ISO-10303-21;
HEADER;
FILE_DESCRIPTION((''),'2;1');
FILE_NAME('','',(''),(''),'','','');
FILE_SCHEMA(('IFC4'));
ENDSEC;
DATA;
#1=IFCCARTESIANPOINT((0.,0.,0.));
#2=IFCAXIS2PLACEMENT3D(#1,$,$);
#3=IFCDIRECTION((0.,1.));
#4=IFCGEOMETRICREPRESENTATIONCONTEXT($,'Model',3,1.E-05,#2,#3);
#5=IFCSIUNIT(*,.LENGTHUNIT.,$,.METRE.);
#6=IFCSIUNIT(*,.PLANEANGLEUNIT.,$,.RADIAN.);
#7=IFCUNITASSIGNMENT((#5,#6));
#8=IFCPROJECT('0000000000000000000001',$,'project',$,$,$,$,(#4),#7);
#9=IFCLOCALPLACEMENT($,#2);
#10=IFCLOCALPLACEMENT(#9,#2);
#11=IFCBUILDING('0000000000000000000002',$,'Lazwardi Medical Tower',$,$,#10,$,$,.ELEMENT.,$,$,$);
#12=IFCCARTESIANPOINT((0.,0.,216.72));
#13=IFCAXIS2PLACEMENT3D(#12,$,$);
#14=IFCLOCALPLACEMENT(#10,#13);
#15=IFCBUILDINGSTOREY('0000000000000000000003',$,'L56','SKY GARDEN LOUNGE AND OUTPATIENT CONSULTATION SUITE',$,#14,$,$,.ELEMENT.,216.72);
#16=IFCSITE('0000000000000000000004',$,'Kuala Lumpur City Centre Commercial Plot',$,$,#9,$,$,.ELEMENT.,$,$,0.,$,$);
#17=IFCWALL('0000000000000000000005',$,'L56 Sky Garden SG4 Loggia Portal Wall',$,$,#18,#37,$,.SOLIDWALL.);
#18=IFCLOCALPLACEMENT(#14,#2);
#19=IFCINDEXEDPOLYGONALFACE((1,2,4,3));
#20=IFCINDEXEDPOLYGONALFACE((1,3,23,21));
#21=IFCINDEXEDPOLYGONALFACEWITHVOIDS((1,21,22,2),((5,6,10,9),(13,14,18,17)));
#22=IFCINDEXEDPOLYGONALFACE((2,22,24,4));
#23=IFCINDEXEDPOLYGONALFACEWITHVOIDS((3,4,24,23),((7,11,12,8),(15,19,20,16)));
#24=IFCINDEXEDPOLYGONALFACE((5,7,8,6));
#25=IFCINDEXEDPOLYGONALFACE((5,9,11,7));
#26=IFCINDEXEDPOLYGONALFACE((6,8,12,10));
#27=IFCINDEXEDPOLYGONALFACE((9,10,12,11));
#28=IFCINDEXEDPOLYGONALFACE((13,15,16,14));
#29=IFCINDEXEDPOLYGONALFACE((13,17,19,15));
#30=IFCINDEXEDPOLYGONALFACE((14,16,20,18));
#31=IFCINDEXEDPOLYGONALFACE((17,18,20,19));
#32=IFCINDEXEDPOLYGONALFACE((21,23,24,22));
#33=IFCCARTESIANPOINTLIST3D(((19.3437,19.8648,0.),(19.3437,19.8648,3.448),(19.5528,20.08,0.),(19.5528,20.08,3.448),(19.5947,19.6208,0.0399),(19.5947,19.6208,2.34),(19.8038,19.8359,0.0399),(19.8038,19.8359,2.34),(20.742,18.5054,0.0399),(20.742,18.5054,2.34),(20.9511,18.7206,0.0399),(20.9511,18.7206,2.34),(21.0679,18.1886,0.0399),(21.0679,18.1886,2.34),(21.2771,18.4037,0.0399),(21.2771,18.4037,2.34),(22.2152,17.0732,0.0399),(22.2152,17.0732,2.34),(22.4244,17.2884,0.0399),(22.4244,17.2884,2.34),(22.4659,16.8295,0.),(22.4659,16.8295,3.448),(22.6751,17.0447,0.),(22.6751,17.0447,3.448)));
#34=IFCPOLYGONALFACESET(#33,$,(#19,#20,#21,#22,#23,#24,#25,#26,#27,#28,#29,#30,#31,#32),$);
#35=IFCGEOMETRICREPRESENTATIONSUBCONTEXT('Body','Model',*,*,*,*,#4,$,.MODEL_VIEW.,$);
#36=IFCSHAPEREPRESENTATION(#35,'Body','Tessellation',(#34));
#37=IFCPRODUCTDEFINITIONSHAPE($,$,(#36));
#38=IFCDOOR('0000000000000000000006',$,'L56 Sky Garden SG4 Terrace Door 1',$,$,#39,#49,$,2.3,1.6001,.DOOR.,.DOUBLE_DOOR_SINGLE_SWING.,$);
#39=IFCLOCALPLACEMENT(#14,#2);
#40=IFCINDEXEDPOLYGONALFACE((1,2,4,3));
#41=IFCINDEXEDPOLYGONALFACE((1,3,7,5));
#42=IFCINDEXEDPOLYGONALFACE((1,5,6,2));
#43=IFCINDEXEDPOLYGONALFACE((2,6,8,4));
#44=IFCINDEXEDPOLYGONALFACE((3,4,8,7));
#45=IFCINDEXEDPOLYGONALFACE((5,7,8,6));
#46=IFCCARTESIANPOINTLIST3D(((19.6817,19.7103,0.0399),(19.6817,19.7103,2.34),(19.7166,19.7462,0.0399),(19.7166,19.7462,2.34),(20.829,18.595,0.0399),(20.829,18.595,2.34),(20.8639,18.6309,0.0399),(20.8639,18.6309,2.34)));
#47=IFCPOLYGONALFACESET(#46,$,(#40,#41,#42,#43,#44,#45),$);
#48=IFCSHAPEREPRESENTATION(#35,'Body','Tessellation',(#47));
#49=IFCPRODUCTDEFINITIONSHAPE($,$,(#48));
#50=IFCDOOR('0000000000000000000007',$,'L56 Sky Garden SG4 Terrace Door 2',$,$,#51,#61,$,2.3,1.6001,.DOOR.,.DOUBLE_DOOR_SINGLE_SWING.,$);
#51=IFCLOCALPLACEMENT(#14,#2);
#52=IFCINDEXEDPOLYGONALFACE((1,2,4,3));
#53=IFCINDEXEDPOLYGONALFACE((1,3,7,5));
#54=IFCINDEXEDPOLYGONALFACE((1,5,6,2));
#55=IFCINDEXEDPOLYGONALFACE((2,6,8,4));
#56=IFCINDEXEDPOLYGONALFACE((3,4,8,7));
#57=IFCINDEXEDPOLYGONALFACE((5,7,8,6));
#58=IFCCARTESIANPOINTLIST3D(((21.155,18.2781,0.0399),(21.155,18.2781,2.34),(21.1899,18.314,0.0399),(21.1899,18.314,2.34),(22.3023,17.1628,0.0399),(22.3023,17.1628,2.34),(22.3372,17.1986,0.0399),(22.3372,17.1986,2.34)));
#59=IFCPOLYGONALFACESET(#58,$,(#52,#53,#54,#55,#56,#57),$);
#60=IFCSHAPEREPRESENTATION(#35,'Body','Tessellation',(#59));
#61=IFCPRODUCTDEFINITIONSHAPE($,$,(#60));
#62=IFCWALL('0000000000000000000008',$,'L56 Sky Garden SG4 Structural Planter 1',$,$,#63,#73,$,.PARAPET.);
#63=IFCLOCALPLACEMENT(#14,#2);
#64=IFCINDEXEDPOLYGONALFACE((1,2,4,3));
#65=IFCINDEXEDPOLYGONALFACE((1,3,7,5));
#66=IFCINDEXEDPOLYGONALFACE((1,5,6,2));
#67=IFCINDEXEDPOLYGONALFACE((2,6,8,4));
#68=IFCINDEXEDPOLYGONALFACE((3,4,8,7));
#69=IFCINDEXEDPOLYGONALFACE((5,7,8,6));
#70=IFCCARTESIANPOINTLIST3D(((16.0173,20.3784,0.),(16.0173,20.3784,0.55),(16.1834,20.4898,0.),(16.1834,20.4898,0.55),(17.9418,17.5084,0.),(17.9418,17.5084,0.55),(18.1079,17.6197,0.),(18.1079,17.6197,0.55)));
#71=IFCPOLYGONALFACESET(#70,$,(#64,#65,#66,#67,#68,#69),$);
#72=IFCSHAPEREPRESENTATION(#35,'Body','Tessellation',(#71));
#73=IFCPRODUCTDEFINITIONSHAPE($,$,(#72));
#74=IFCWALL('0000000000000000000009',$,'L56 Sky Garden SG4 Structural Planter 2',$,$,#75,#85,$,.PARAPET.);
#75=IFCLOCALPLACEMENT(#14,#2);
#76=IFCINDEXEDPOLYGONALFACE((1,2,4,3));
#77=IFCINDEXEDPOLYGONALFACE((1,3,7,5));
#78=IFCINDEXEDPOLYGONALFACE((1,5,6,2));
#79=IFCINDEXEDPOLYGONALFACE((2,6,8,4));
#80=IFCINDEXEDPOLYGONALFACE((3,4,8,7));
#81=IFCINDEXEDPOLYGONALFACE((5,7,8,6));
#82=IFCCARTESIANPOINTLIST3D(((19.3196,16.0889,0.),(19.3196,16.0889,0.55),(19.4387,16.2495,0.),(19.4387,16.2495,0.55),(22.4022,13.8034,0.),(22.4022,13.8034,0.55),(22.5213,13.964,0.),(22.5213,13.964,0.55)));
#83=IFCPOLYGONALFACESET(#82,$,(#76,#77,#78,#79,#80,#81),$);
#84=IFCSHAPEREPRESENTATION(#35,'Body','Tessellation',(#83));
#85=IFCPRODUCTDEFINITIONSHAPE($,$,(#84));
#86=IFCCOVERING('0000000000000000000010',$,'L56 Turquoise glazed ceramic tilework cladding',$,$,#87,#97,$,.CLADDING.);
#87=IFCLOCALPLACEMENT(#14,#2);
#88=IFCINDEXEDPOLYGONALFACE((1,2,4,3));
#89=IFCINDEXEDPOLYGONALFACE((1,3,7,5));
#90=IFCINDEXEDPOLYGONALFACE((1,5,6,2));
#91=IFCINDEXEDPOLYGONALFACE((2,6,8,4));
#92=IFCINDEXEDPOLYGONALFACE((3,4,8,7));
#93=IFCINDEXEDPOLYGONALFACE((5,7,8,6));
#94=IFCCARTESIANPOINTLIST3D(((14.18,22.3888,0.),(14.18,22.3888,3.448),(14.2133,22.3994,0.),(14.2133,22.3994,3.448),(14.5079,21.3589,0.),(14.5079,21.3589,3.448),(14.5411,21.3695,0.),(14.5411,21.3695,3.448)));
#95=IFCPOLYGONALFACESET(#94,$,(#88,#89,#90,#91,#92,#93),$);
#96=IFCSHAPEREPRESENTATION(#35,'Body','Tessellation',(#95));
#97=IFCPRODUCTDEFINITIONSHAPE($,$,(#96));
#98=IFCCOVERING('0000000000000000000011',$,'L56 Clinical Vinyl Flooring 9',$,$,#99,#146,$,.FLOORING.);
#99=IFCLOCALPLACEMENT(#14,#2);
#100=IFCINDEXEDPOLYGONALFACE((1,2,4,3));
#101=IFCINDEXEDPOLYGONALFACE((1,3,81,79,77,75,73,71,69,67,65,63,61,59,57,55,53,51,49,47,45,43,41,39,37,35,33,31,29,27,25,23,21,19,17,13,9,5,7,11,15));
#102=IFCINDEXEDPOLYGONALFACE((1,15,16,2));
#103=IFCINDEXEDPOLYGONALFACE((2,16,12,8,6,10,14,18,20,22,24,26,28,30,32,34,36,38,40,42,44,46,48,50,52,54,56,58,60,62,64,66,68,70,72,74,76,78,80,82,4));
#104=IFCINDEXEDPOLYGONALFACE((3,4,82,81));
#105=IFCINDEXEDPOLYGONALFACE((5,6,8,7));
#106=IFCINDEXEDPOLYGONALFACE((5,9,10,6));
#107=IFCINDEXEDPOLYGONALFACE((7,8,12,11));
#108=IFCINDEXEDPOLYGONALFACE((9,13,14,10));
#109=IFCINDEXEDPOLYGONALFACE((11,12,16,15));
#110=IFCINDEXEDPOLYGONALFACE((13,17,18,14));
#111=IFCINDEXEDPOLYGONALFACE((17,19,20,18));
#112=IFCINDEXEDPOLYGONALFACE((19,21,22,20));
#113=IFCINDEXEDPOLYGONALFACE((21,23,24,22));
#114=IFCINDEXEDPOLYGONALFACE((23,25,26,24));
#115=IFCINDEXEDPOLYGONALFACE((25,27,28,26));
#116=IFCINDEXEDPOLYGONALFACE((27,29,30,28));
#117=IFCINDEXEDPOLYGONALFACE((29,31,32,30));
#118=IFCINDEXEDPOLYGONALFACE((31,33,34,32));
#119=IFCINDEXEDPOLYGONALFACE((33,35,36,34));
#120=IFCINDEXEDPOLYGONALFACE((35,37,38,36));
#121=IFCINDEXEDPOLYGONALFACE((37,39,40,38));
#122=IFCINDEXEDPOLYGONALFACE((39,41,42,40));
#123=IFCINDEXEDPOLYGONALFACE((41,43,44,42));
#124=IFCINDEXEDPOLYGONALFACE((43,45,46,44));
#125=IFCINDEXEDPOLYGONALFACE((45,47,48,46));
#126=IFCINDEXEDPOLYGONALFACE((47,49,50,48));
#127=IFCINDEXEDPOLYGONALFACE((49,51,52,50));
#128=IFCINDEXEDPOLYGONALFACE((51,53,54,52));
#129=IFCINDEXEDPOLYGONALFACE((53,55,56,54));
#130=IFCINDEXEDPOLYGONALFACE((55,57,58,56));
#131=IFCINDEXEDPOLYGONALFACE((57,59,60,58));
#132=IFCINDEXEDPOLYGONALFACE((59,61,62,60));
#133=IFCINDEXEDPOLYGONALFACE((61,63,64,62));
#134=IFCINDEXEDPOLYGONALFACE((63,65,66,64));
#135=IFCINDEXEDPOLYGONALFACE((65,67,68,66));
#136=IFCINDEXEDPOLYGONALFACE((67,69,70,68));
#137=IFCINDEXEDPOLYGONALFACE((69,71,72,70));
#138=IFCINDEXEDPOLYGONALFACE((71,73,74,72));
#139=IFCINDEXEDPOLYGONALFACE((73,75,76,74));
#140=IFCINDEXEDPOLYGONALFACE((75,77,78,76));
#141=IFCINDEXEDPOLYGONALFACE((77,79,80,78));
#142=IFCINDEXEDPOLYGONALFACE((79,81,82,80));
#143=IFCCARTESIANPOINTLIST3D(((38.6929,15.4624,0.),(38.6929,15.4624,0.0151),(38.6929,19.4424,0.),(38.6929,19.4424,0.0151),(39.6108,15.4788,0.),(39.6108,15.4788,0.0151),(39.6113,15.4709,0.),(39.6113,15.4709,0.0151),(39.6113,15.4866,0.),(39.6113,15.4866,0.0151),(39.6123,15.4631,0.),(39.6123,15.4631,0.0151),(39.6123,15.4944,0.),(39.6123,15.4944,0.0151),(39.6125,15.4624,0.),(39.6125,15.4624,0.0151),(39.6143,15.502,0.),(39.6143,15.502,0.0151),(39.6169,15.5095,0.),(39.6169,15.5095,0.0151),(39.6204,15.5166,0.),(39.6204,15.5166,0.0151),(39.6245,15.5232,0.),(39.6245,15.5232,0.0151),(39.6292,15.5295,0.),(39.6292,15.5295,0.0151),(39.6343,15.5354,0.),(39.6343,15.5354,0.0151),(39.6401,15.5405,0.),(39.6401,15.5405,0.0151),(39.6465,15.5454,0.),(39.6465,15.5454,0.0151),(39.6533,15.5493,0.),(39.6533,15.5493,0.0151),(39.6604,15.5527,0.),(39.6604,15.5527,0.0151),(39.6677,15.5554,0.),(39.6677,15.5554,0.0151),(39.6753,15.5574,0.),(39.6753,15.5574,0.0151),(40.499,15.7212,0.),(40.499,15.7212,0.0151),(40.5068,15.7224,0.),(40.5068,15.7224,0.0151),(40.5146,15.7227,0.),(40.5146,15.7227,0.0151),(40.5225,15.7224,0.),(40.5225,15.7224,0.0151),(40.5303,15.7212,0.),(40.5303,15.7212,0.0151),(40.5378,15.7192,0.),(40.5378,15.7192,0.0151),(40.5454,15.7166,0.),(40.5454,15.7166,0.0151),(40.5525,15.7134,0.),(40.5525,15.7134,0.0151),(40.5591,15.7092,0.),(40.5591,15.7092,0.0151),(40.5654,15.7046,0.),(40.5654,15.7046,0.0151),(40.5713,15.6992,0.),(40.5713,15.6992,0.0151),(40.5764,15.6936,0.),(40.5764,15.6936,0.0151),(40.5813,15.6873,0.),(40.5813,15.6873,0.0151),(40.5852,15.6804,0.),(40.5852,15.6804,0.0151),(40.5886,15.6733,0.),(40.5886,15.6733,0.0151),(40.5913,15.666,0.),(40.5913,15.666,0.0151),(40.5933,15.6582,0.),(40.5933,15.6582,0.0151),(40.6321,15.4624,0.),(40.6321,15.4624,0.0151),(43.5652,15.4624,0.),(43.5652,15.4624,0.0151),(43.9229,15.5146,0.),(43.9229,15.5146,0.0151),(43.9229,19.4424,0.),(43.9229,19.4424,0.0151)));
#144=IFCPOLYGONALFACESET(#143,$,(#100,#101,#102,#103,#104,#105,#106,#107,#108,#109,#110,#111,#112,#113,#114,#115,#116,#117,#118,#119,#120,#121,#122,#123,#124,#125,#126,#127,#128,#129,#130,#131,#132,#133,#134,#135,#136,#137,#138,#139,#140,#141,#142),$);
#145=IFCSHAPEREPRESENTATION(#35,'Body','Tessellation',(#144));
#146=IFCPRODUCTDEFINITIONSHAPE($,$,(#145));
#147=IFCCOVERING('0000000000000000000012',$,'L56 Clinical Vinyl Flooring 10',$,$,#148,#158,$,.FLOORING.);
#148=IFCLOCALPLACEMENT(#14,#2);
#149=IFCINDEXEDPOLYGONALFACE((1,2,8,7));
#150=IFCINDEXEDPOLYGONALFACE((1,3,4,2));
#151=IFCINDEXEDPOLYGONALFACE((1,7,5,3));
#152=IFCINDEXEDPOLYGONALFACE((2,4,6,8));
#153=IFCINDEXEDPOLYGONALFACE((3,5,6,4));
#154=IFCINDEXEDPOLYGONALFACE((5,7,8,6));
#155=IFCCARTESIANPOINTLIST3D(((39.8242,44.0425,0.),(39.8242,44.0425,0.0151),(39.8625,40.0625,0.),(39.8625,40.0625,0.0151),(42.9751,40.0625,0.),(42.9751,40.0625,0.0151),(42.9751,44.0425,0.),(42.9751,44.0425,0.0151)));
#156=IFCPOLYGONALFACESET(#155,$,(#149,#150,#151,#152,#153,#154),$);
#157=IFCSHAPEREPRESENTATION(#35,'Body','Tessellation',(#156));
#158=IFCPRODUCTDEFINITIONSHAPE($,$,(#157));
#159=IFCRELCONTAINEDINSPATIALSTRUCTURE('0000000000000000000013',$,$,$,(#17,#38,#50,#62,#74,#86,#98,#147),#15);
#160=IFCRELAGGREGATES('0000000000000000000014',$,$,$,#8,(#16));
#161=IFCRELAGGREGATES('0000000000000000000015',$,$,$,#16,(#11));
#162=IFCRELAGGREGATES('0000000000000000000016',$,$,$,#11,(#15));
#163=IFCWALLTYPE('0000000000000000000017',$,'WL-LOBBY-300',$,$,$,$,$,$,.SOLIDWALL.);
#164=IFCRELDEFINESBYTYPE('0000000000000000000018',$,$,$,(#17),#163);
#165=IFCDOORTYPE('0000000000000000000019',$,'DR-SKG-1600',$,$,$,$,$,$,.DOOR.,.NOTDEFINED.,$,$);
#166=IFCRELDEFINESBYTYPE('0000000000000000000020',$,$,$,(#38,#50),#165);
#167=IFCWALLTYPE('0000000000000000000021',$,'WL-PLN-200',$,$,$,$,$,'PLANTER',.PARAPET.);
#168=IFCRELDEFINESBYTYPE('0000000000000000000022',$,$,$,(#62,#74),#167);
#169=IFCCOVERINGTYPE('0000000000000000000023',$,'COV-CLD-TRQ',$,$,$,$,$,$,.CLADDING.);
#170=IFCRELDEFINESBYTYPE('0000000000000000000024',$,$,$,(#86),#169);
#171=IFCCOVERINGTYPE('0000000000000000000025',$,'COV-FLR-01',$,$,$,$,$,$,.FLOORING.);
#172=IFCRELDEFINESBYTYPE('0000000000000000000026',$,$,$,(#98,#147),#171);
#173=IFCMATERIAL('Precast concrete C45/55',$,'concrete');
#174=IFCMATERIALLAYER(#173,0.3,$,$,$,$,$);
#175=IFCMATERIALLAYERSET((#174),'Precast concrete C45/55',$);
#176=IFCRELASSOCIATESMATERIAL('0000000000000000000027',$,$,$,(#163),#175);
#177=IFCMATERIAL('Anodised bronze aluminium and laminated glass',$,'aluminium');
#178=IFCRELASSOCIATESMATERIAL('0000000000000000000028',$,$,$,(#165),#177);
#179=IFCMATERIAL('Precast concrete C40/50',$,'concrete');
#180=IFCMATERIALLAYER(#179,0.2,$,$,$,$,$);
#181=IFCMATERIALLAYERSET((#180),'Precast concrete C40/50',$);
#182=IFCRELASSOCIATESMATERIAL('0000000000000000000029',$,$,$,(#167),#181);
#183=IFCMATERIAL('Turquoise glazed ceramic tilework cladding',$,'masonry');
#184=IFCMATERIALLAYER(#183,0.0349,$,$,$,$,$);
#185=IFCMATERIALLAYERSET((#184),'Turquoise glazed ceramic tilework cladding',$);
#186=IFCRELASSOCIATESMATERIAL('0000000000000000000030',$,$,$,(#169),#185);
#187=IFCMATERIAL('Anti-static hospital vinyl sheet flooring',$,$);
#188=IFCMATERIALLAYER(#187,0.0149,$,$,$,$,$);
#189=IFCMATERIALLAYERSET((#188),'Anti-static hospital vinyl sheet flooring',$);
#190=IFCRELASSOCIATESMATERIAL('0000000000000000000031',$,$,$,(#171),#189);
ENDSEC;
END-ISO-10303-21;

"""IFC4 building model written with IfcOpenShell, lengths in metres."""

from ifc_helpers import new_model, si_unit, direction, frame, frame_2d, origin, origin_2d, place, context, subcontext, project, spatial, polyline, rectangle, outline, extrude, material, layer, layer_set, type_object, element, fill, save


model = new_model("IFC4")

# Units and contexts
model_context = context("Model", 3, precision=1e-05, world=origin(), true_north=direction((0.0, 1.0)))
body_context = subcontext(model_context, "Body", "Model", "MODEL_VIEW")
ifc_project = project(units=[si_unit("LENGTHUNIT", "METRE"), si_unit("PLANEANGLEUNIT", "RADIAN")], contexts=[model_context])

# Site, building, storey
site_placement = place(None, origin())
site = spatial("IfcSite", under=ifc_project, at=site_placement, Name="Kuala Lumpur City Centre Commercial Plot", CompositionType="ELEMENT", RefElevation=0.0)
building_placement = place(site_placement, origin())
building = spatial("IfcBuilding", under=site, at=building_placement, Name="Lazwardi Medical Tower", CompositionType="ELEMENT")
storey_placement = place(building_placement, frame((0.0, 0.0, 216.72)))
storey = spatial("IfcBuildingStorey", under=building, at=storey_placement, Name="L56", Description="SKY GARDEN LOUNGE AND OUTPATIENT CONSULTATION SUITE", CompositionType="ELEMENT", Elevation=216.72)

# Shared definitions
ifc_material_1 = material(Name="Precast concrete C45/55", Category="concrete")

# Wall, openings, doors
ifc_layer_1 = layer(ifc_material_1, 0.3)
ifc_layer_set_1 = layer_set([ifc_layer_1], Name="Precast concrete C45/55")
wall_type_1 = type_object("IfcWallType", Name="WL-LOBBY-300", PredefinedType="SOLIDWALL", material=ifc_layer_set_1)
wall_1_placement = place(storey_placement, frame((19.4482, 19.9724, 0.0), z_axis=(0.0, 0.0, 1.0), x_axis=(0.717016, -0.697057, 0.0)))
wall_1 = element("IfcWall", 1, at=wall_1_placement, inside=storey, type_object=wall_type_1, Name="L56 Sky Garden SG4 Loggia Portal Wall", PredefinedType="SOLIDWALL", context=body_context, shape_type="SweptSolid", body=[
    extrude(rectangle(XDim=4.3545, YDim=0.3, at=frame_2d((2.1772, 0.0))), origin(), (0.0, 0.0, 1.0), 3.448),
])
opening_1_placement = place(wall_1_placement, frame((0.3501, 0.0, 0.04)))
opening_1 = element("IfcOpeningElement", 2, at=opening_1_placement, cuts=wall_1, PredefinedType="OPENING", context=body_context, shape_type="SweptSolid", body=[
    extrude(rectangle(XDim=1.6001, YDim=2.3, at=frame_2d((0.8, 1.1499))), frame((0.0, 0.1599, 0.0), z_axis=(0.0, -1.0, 0.0), x_axis=(1.0, 0.0, 0.0)), (0.0, 0.0, 1.0), 0.3201),
])
opening_2_placement = place(wall_1_placement, frame((2.4048, 0.0, 0.04)))
opening_2 = element("IfcOpeningElement", 3, at=opening_2_placement, cuts=wall_1, PredefinedType="OPENING", context=body_context, shape_type="SweptSolid", body=[
    extrude(rectangle(XDim=1.6001, YDim=2.3, at=frame_2d((0.8, 1.1499))), frame((0.0, 0.1599, 0.0), z_axis=(0.0, -1.0, 0.0), x_axis=(1.0, 0.0, 0.0)), (0.0, 0.0, 1.0), 0.3201),
])
ifc_material_2 = material(Name="Anodised bronze aluminium and laminated glass", Category="aluminium")
door_type = type_object("IfcDoorType", Name="DR-SKG-1600", OperationType="NOTDEFINED", PredefinedType="DOOR", material=ifc_material_2)
door_1_placement = place(opening_1_placement, origin())
door_1 = element("IfcDoor", 4, at=door_1_placement, inside=storey, type_object=door_type, Name="L56 Sky Garden SG4 Terrace Door 1", OperationType="DOUBLE_DOOR_SINGLE_SWING", OverallHeight=2.3, OverallWidth=1.6001, PredefinedType="DOOR", context=body_context, shape_type="SweptSolid", body=[
    extrude(rectangle(XDim=1.6001, YDim=2.3, at=frame_2d((0.8, 1.1499))), frame((0.0, 0.0249, 0.0), z_axis=(0.0, -1.0, 0.0), x_axis=(1.0, 0.0, 0.0)), (0.0, 0.0, 1.0), 0.05),
])
fill(opening_1, door_1)
door_2_placement = place(opening_2_placement, origin())
door_2 = element("IfcDoor", 5, at=door_2_placement, inside=storey, type_object=door_type, Name="L56 Sky Garden SG4 Terrace Door 2", OperationType="DOUBLE_DOOR_SINGLE_SWING", OverallHeight=2.3, OverallWidth=1.6001, PredefinedType="DOOR", context=body_context, shape_type="SweptSolid", body=[
    extrude(rectangle(XDim=1.6001, YDim=2.3, at=frame_2d((0.8, 1.1499))), frame((0.0, 0.0249, 0.0), z_axis=(0.0, -1.0, 0.0), x_axis=(1.0, 0.0, 0.0)), (0.0, 0.0, 1.0), 0.05),
])
fill(opening_2, door_2)

# Walls
ifc_material_3 = material(Name="Precast concrete C40/50", Category="concrete")
ifc_layer_2 = layer(ifc_material_3, 0.2)
ifc_layer_set_2 = layer_set([ifc_layer_2], Name="Precast concrete C40/50")
wall_type_2 = type_object("IfcWallType", Name="WL-PLN-200", ElementType="PLANTER", PredefinedType="PARAPET", material=ifc_layer_set_2)
wall_2_placement = place(storey_placement, frame((16.1003, 20.4341, 0.0), z_axis=(0.0, 0.0, 1.0), x_axis=(0.556932, -0.830558, 0.0)))
element("IfcWall", 6, at=wall_2_placement, inside=storey, type_object=wall_type_2, Name="L56 Sky Garden SG4 Structural Planter 1", PredefinedType="PARAPET", context=body_context, shape_type="SweptSolid", body=[
    extrude(rectangle(XDim=3.4556, YDim=0.2, at=frame_2d((1.7278, 0.0))), origin(), (0.0, 0.0, 1.0), 0.55),
])
wall_3_placement = place(storey_placement, frame((19.3792, 16.1692, 0.0), z_axis=(0.0, 0.0, 1.0), x_axis=(0.803301, -0.595573, 0.0)))
element("IfcWall", 7, at=wall_3_placement, inside=storey, type_object=wall_type_2, Name="L56 Sky Garden SG4 Structural Planter 2", PredefinedType="PARAPET", context=body_context, shape_type="SweptSolid", body=[
    extrude(rectangle(XDim=3.8374, YDim=0.2, at=frame_2d((1.9187, 0.0))), origin(), (0.0, 0.0, 1.0), 0.55),
])

# Coverings
ifc_material_4 = material(Name="Turquoise glazed ceramic tilework cladding", Category="masonry")
ifc_layer_3 = layer(ifc_material_4, 0.0349)
ifc_layer_set_3 = layer_set([ifc_layer_3], Name="Turquoise glazed ceramic tilework cladding")
covering_type_1 = type_object("IfcCoveringType", Name="COV-CLD-TRQ", PredefinedType="CLADDING", material=ifc_layer_set_3)
covering_1_placement = place(storey_placement, frame((14.3606, 21.8792, 0.0), z_axis=(0.0, 0.0, 1.0), x_axis=(0.303318, -0.952889, 0.0)))
element("IfcCovering", 8, at=covering_1_placement, inside=storey, type_object=covering_type_1, Name="L56 Turquoise glazed ceramic tilework cladding", PredefinedType="CLADDING", context=body_context, shape_type="SweptSolid", body=[
    extrude(rectangle(XDim=1.0808, YDim=0.0349, at=origin_2d()), origin(), (0.0, 0.0, 1.0), 3.448),
])
ifc_material_5 = material(Name="Anti-static hospital vinyl sheet flooring")
ifc_layer_4 = layer(ifc_material_5, 0.0149)
ifc_layer_set_4 = layer_set([ifc_layer_4], Name="Anti-static hospital vinyl sheet flooring")
covering_type_2 = type_object("IfcCoveringType", Name="COV-FLR-01", PredefinedType="FLOORING", material=ifc_layer_set_4)
covering_2_placement = place(storey_placement, origin())
element("IfcCovering", 9, at=covering_2_placement, inside=storey, type_object=covering_type_2, Name="L56 Clinical Vinyl Flooring 9", PredefinedType="FLOORING", context=body_context, shape_type="SweptSolid", body=[
    extrude(outline(polyline([(39.6125, 15.4624), (39.6123, 15.4631), (39.6113, 15.4709), (39.6108, 15.4788), (39.6113, 15.4866), (39.6123, 15.4944), (39.6143, 15.502), (39.6169, 15.5095), (39.6204, 15.5166), (39.6245, 15.5232), (39.6292, 15.5295), (39.6343, 15.5354), (39.6401, 15.5405), (39.6465, 15.5454), (39.6533, 15.5493), (39.6604, 15.5527), (39.6677, 15.5554), (39.6753, 15.5574), (40.499, 15.7212), (40.5068, 15.7224), (40.5146, 15.7227), (40.5225, 15.7224), (40.5303, 15.7212), (40.5378, 15.7192), (40.5454, 15.7166), (40.5525, 15.7134), (40.5591, 15.7092), (40.5654, 15.7046), (40.5713, 15.6992), (40.5764, 15.6936), (40.5813, 15.6873), (40.5852, 15.6804), (40.5886, 15.6733), (40.5913, 15.666), (40.5933, 15.6582), (40.6321, 15.4624), (43.5652, 15.4624), (43.9229, 15.5146), (43.9229, 19.4424), (38.6929, 19.4424), (38.6929, 15.4624), (39.6125, 15.4624)])), origin(), (0.0, 0.0, 1.0), 0.0151),
])
covering_3_placement = place(storey_placement, origin())
element("IfcCovering", 10, at=covering_3_placement, inside=storey, type_object=covering_type_2, Name="L56 Clinical Vinyl Flooring 10", PredefinedType="FLOORING", context=body_context, shape_type="SweptSolid", body=[
    extrude(outline(polyline([(39.8242, 44.0425), (39.8625, 40.0625), (42.9751, 40.0625), (42.9751, 44.0425), (39.8242, 44.0425)])), origin(), (0.0, 0.0, 1.0), 0.0151),
])

save(model, "model.ifc")
